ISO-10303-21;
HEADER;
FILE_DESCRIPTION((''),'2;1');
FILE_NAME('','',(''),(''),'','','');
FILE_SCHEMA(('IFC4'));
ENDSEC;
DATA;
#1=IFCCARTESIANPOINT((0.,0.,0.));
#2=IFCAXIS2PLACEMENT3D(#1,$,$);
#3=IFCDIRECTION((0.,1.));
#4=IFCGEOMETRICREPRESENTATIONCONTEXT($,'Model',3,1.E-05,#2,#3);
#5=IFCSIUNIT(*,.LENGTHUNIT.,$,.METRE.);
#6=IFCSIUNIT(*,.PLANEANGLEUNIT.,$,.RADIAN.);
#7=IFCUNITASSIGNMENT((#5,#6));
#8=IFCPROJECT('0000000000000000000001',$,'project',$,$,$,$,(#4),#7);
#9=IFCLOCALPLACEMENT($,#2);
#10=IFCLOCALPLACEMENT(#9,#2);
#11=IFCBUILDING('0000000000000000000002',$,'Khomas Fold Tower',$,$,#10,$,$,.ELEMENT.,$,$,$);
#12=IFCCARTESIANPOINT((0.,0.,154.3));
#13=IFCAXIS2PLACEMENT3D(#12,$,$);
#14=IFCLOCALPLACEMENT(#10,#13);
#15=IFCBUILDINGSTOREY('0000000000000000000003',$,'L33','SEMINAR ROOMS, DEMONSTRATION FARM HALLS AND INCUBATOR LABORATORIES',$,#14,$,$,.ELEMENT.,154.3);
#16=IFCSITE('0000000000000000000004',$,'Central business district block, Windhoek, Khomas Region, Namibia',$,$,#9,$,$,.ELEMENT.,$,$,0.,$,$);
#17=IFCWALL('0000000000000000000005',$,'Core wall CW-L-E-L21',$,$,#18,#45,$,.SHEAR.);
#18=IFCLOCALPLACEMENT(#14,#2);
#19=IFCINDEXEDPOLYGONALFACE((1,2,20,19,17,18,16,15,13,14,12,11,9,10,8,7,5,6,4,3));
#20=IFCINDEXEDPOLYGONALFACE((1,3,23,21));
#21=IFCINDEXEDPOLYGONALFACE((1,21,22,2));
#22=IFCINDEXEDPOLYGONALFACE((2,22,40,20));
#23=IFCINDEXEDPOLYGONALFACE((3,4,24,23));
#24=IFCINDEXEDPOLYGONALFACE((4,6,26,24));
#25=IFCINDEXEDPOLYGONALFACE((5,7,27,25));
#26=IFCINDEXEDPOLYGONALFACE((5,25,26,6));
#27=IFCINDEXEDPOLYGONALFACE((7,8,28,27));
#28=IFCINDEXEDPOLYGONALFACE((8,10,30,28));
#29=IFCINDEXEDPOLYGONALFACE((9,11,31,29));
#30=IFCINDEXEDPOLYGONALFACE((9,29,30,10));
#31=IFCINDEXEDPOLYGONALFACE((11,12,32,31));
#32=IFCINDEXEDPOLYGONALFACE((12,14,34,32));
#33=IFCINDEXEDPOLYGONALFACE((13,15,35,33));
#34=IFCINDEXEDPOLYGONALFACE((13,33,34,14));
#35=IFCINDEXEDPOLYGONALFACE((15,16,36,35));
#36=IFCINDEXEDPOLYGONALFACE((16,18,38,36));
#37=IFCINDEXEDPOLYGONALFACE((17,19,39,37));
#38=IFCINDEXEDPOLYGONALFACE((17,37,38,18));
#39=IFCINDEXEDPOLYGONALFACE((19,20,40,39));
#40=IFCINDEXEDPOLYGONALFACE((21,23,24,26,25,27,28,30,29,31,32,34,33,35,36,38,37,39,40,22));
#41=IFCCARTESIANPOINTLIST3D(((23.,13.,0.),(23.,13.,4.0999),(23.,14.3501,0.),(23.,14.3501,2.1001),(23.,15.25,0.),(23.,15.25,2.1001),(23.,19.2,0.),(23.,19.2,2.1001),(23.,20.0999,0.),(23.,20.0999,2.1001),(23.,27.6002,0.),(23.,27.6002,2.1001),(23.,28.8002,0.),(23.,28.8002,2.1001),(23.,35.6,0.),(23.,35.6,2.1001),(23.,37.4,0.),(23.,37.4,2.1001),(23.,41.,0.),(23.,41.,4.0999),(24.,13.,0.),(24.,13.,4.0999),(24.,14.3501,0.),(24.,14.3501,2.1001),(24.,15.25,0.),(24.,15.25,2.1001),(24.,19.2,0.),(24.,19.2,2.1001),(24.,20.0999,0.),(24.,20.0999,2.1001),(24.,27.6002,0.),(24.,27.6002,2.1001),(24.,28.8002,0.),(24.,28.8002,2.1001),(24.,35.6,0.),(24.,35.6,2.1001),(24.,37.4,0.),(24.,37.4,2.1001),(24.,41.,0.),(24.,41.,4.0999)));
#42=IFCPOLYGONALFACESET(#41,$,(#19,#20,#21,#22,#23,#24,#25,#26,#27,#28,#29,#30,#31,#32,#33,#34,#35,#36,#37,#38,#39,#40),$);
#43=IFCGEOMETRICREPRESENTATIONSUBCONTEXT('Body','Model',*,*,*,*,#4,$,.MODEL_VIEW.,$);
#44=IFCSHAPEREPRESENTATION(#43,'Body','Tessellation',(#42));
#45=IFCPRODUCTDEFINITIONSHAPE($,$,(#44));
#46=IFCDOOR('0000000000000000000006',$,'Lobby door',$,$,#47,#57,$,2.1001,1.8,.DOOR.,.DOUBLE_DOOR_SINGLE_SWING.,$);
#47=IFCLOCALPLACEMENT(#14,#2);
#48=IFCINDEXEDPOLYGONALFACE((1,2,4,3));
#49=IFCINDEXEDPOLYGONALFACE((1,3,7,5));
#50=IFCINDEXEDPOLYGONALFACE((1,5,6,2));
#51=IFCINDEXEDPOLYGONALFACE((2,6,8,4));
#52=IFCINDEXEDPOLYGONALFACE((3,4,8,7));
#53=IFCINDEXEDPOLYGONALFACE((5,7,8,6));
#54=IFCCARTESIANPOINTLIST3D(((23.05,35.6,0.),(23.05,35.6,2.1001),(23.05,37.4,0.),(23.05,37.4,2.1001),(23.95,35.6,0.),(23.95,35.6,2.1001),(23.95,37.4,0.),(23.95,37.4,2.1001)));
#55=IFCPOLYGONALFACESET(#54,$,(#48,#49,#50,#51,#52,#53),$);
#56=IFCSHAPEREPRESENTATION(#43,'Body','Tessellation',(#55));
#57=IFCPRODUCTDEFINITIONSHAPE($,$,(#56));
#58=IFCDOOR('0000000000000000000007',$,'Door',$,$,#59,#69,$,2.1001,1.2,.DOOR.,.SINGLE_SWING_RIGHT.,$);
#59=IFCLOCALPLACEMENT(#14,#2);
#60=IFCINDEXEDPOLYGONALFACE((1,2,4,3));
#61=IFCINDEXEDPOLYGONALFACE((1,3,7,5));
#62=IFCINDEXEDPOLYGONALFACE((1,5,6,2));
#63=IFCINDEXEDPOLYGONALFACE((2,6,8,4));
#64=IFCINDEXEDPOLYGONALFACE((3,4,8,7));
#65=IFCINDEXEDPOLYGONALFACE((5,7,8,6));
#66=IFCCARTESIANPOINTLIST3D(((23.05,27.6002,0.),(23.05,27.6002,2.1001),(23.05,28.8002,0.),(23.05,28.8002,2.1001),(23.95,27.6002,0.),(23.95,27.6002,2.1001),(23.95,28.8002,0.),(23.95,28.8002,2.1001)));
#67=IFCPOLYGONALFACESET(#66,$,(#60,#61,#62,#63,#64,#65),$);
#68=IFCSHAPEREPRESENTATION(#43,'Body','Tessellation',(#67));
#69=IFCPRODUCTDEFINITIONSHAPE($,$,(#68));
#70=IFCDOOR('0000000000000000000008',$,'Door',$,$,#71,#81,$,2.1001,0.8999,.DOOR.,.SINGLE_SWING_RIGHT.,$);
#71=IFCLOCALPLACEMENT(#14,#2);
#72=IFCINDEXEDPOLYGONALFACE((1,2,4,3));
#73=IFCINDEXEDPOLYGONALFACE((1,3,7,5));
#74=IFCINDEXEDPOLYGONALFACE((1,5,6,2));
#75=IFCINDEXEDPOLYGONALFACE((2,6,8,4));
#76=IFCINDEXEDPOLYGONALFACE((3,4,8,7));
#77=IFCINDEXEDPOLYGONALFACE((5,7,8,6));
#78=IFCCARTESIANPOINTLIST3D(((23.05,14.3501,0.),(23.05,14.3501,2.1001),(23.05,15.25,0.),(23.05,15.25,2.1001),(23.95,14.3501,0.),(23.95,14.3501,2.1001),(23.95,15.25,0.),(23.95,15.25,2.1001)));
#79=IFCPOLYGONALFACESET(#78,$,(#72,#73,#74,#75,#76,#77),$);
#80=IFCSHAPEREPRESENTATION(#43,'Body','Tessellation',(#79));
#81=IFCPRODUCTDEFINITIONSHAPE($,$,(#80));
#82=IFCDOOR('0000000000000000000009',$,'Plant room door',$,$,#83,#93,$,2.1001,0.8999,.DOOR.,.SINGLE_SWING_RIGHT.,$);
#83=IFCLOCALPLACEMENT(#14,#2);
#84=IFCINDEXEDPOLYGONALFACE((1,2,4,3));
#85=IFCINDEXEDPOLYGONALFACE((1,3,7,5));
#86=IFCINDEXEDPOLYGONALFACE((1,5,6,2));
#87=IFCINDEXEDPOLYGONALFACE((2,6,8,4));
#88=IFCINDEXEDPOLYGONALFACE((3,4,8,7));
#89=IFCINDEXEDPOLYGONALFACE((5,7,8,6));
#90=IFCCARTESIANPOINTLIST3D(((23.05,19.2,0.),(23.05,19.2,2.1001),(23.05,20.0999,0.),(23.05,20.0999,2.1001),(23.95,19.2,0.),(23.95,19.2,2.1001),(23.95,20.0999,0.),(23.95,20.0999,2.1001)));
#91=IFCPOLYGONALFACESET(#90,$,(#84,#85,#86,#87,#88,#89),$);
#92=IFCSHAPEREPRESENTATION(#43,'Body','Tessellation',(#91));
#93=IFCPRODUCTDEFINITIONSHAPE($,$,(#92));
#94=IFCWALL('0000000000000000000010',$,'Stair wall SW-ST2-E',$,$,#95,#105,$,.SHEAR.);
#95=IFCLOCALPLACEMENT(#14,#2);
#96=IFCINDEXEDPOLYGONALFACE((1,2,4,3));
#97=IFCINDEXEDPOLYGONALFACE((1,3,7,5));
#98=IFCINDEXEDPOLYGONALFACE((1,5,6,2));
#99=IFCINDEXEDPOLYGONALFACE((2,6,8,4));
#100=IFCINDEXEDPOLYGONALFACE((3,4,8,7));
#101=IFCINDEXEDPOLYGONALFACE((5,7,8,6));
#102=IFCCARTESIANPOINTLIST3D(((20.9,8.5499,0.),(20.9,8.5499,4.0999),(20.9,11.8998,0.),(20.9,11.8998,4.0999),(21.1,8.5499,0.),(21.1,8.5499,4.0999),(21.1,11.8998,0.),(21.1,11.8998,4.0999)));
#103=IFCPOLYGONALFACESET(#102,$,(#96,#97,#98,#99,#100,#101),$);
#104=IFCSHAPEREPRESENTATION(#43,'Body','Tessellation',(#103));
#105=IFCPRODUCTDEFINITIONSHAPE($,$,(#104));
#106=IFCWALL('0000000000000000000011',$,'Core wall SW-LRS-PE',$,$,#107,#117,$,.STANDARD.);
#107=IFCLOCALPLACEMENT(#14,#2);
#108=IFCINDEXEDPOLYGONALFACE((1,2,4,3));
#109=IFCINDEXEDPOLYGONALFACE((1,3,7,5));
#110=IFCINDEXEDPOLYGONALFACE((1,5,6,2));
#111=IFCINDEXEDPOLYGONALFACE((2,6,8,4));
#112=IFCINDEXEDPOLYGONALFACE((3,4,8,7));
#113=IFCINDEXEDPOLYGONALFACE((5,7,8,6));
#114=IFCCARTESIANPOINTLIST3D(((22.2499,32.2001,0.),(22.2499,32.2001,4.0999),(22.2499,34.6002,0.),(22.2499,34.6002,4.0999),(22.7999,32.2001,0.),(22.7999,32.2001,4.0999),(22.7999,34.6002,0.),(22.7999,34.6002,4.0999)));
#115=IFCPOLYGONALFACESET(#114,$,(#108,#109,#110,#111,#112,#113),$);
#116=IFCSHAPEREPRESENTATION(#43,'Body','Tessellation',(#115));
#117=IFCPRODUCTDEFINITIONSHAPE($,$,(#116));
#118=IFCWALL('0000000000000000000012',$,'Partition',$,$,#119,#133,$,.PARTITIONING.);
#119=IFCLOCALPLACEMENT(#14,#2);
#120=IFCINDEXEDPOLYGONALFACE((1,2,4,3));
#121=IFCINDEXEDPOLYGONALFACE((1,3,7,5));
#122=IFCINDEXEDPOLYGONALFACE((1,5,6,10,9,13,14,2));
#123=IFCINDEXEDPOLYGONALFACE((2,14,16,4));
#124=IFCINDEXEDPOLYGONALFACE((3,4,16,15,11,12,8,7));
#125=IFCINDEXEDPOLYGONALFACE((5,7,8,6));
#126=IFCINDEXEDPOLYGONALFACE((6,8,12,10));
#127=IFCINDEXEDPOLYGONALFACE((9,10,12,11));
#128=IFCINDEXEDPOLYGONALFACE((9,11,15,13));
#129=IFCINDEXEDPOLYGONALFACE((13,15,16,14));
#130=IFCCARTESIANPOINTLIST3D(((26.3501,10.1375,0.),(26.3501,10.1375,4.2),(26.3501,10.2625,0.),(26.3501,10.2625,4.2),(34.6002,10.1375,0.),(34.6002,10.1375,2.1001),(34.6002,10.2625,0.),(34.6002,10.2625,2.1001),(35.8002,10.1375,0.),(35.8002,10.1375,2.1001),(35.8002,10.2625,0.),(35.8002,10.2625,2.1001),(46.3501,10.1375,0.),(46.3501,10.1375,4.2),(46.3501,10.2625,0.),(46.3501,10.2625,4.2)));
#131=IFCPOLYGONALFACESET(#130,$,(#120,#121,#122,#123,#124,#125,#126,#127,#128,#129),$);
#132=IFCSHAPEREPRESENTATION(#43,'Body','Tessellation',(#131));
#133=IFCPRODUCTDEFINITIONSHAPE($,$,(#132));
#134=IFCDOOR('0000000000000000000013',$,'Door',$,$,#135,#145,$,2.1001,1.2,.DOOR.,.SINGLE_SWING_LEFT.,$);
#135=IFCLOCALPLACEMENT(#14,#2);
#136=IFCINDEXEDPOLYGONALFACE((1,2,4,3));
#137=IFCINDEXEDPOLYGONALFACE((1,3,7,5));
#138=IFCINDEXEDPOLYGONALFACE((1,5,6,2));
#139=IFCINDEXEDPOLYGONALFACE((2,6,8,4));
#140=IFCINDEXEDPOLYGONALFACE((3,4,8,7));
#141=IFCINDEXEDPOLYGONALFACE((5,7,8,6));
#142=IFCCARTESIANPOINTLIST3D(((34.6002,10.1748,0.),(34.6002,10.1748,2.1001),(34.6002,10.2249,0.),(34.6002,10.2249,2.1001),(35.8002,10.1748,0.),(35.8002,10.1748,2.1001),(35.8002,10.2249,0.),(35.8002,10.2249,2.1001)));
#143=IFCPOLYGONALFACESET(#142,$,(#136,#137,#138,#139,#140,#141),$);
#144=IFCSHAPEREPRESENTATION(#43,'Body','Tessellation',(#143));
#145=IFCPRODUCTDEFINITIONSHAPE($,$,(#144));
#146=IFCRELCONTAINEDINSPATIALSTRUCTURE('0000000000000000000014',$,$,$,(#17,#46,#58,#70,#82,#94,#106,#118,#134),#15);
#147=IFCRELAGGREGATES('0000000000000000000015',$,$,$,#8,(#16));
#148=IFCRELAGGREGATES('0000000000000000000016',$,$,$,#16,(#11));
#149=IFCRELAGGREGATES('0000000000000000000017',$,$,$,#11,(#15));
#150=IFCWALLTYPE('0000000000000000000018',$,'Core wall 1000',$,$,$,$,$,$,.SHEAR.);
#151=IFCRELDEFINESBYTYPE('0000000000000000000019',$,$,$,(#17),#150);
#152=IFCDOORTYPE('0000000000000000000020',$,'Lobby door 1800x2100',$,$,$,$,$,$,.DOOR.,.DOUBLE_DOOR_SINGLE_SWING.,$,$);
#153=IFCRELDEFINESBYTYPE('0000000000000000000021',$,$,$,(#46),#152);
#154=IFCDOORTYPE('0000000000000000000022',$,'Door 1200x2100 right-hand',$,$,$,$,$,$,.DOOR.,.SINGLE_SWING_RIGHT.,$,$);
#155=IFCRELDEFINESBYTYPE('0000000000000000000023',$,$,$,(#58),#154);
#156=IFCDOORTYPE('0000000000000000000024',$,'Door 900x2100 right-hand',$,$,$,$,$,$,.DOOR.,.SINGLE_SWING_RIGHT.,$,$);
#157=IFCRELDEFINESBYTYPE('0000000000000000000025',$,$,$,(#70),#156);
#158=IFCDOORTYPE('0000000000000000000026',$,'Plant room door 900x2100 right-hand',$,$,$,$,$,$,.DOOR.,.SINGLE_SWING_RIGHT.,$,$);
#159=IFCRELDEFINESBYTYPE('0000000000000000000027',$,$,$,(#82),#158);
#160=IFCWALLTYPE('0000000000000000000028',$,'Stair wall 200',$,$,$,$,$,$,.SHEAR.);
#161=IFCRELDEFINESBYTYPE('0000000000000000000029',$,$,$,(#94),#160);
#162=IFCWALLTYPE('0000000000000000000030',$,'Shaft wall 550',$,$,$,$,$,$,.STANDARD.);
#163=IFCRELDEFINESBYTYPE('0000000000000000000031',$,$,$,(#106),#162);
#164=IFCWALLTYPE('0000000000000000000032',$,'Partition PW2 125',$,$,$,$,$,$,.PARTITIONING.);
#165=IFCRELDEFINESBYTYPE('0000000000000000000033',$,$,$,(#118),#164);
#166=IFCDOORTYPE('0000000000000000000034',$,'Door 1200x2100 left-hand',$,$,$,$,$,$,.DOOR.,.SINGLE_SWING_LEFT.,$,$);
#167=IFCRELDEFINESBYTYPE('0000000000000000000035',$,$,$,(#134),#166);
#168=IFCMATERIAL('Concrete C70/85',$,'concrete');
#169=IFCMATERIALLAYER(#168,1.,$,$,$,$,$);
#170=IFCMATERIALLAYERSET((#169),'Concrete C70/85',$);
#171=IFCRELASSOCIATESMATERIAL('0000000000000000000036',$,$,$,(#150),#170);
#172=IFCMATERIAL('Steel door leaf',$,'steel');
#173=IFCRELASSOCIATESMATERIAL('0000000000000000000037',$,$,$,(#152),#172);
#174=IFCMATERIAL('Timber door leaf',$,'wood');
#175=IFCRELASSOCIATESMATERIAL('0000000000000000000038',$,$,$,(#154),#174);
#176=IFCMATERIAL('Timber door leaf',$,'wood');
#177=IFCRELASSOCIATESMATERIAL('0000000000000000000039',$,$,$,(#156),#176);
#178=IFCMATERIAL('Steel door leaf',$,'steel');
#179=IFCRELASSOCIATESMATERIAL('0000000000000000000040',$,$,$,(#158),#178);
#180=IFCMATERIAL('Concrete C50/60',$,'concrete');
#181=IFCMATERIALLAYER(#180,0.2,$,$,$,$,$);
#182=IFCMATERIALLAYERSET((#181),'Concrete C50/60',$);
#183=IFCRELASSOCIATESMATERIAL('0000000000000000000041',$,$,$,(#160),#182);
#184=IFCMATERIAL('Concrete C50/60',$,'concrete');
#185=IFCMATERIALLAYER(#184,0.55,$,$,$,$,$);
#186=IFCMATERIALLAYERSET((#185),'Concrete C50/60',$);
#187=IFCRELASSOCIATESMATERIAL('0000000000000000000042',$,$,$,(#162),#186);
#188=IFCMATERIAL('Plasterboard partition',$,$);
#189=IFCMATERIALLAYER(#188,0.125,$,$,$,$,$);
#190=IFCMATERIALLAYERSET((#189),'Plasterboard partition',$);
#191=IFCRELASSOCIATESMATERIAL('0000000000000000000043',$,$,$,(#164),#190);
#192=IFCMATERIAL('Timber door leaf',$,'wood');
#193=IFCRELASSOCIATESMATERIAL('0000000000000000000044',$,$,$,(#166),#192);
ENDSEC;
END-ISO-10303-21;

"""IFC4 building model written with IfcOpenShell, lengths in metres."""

from ifc_helpers import new_model, si_unit, direction, frame, frame_2d, origin, place, context, subcontext, project, spatial, rectangle, extrude, source, transform, mapped, material, layer, layer_set, type_object, element, fill, save


model = new_model("IFC4")

# Units and contexts
model_context = context("Model", 3, precision=1e-05, world=origin(), true_north=direction((0.0, 1.0)))
body_context = subcontext(model_context, "Body", "Model", "MODEL_VIEW")
ifc_project = project(units=[si_unit("LENGTHUNIT", "METRE"), si_unit("PLANEANGLEUNIT", "RADIAN")], contexts=[model_context])

# Site, building, storey
site_placement = place(None, origin())
site = spatial("IfcSite", under=ifc_project, at=site_placement, Name="Central business district block, Windhoek, Khomas Region, Namibia", CompositionType="ELEMENT", RefElevation=0.0)
building_placement = place(site_placement, origin())
building = spatial("IfcBuilding", under=site, at=building_placement, Name="Khomas Fold Tower", CompositionType="ELEMENT")
storey_placement = place(building_placement, frame((0.0, 0.0, 154.3)))
storey = spatial("IfcBuildingStorey", under=building, at=storey_placement, Name="L33", Description="SEMINAR ROOMS, DEMONSTRATION FARM HALLS AND INCUBATOR LABORATORIES", CompositionType="ELEMENT", Elevation=154.3)

# Shared definitions
ifc_material_1 = material(Name="Concrete C70/85", Category="concrete")
ifc_layer_1 = layer(ifc_material_1, 1.0)
ifc_layer_set_1 = layer_set([ifc_layer_1], Name="Concrete C70/85")
wall_type_1 = type_object("IfcWallType", Name="Core wall 1000", PredefinedType="SHEAR", material=ifc_layer_set_1)

# Wall, openings, doors
shared_shape_1 = source(origin(), body_context, "Body", "SweptSolid", [
    extrude(rectangle(XDim=28.0, YDim=1.0, at=frame_2d((14.0, 0.0))), origin(), (0.0, 0.0, 1.0), 4.0999),
])
wall_1_placement = place(storey_placement, frame((23.5, 13.0, 0.0), z_axis=(0.0, 0.0, 1.0), x_axis=(0.0, 1.0, 0.0)))
wall_1 = element("IfcWall", 1, at=wall_1_placement, inside=storey, type_object=wall_type_1, Name="Core wall CW-L-E-L21", PredefinedType="SHEAR", context=body_context, shape_type="MappedRepresentation", body=[
    mapped(shared_shape_1, transform((0.0, 0.0, 0.0))),
])
shared_shape_2 = source(origin(), body_context, "Body", "SweptSolid", [
    extrude(rectangle(XDim=1.8, YDim=2.1001, at=frame_2d((0.8999, 1.05))), frame((0.0, 0.51, 0.0), z_axis=(0.0, -1.0, 0.0), x_axis=(1.0, 0.0, 0.0)), (0.0, 0.0, 1.0), 1.02),
])
opening_1_placement = place(wall_1_placement, frame((22.6001, 0.0, 0.0)))
opening_1 = element("IfcOpeningElement", 2, at=opening_1_placement, cuts=wall_1, PredefinedType="OPENING", context=body_context, shape_type="MappedRepresentation", body=[
    mapped(shared_shape_2, transform((0.0, 0.0, 0.0))),
])
shared_shape_3 = source(origin(), body_context, "Body", "SweptSolid", [
    extrude(rectangle(XDim=1.2, YDim=2.1001, at=frame_2d((0.6001, 1.05))), frame((0.0, 0.51, 0.0), z_axis=(0.0, -1.0, 0.0), x_axis=(1.0, 0.0, 0.0)), (0.0, 0.0, 1.0), 1.02),
])
opening_2_placement = place(wall_1_placement, frame((14.6001, 0.0, 0.0)))
opening_2 = element("IfcOpeningElement", 3, at=opening_2_placement, cuts=wall_1, PredefinedType="OPENING", context=body_context, shape_type="MappedRepresentation", body=[
    mapped(shared_shape_3, transform((0.0, 0.0, 0.0))),
])
shared_shape_4 = source(origin(), body_context, "Body", "SweptSolid", [
    extrude(rectangle(XDim=0.8999, YDim=2.1001, at=frame_2d((0.45, 1.05))), frame((0.0, 0.51, 0.0), z_axis=(0.0, -1.0, 0.0), x_axis=(1.0, 0.0, 0.0)), (0.0, 0.0, 1.0), 1.02),
])
opening_3_placement = place(wall_1_placement, frame((1.3501, 0.0, 0.0)))
opening_3 = element("IfcOpeningElement", 4, at=opening_3_placement, cuts=wall_1, PredefinedType="OPENING", context=body_context, shape_type="MappedRepresentation", body=[
    mapped(shared_shape_4, transform((0.0, 0.0, 0.0))),
])
opening_4_placement = place(wall_1_placement, frame((6.2, 0.0, 0.0)))
opening_4 = element("IfcOpeningElement", 5, at=opening_4_placement, cuts=wall_1, PredefinedType="OPENING", context=body_context, shape_type="MappedRepresentation", body=[
    mapped(shared_shape_4, transform((0.0, 0.0, 0.0))),
])
ifc_material_2 = material(Name="Steel door leaf", Category="steel")
door_type_1 = type_object("IfcDoorType", Name="Lobby door 1800x2100", OperationType="DOUBLE_DOOR_SINGLE_SWING", PredefinedType="DOOR", material=ifc_material_2)
shared_shape_5 = source(origin(), body_context, "Body", "SweptSolid", [
    extrude(rectangle(XDim=1.8, YDim=2.1001, at=frame_2d((0.8999, 1.05))), frame((0.0, 0.45, 0.0), z_axis=(0.0, -1.0, 0.0), x_axis=(1.0, 0.0, 0.0)), (0.0, 0.0, 1.0), 0.8999),
])
door_1_placement = place(opening_1_placement, origin())
door_1 = element("IfcDoor", 6, at=door_1_placement, inside=storey, type_object=door_type_1, Name="Lobby door", OperationType="DOUBLE_DOOR_SINGLE_SWING", OverallHeight=2.1001, OverallWidth=1.8, PredefinedType="DOOR", context=body_context, shape_type="MappedRepresentation", body=[
    mapped(shared_shape_5, transform((0.0, 0.0, 0.0))),
])
fill(opening_1, door_1)
ifc_material_3 = material(Name="Timber door leaf", Category="wood")
door_type_2 = type_object("IfcDoorType", Name="Door 1200x2100 right-hand", OperationType="SINGLE_SWING_RIGHT", PredefinedType="DOOR", material=ifc_material_3)
shared_shape_6 = source(origin(), body_context, "Body", "SweptSolid", [
    extrude(rectangle(XDim=1.2, YDim=2.1001, at=frame_2d((0.6001, 1.05))), frame((0.0, 0.45, 0.0), z_axis=(0.0, -1.0, 0.0), x_axis=(1.0, 0.0, 0.0)), (0.0, 0.0, 1.0), 0.8999),
])
door_2_placement = place(opening_2_placement, origin())
door_2 = element("IfcDoor", 7, at=door_2_placement, inside=storey, type_object=door_type_2, Name="Door", OperationType="SINGLE_SWING_RIGHT", OverallHeight=2.1001, OverallWidth=1.2, PredefinedType="DOOR", context=body_context, shape_type="MappedRepresentation", body=[
    mapped(shared_shape_6, transform((0.0, 0.0, 0.0))),
])
fill(opening_2, door_2)
ifc_material_4 = material(Name="Timber door leaf", Category="wood")
door_type_3 = type_object("IfcDoorType", Name="Door 900x2100 right-hand", OperationType="SINGLE_SWING_RIGHT", PredefinedType="DOOR", material=ifc_material_4)
shared_shape_7 = source(origin(), body_context, "Body", "SweptSolid", [
    extrude(rectangle(XDim=0.8999, YDim=2.1001, at=frame_2d((0.45, 1.05))), frame((0.0, 0.45, 0.0), z_axis=(0.0, -1.0, 0.0), x_axis=(1.0, 0.0, 0.0)), (0.0, 0.0, 1.0), 0.8999),
])
door_3_placement = place(opening_3_placement, origin())
door_3 = element("IfcDoor", 8, at=door_3_placement, inside=storey, type_object=door_type_3, Name="Door", OperationType="SINGLE_SWING_RIGHT", OverallHeight=2.1001, OverallWidth=0.8999, PredefinedType="DOOR", context=body_context, shape_type="MappedRepresentation", body=[
    mapped(shared_shape_7, transform((0.0, 0.0, 0.0))),
])
fill(opening_3, door_3)
ifc_material_5 = material(Name="Steel door leaf", Category="steel")
door_type_4 = type_object("IfcDoorType", Name="Plant room door 900x2100 right-hand", OperationType="SINGLE_SWING_RIGHT", PredefinedType="DOOR", material=ifc_material_5)
door_4_placement = place(opening_4_placement, origin())
door_4 = element("IfcDoor", 9, at=door_4_placement, inside=storey, type_object=door_type_4, Name="Plant room door", OperationType="SINGLE_SWING_RIGHT", OverallHeight=2.1001, OverallWidth=0.8999, PredefinedType="DOOR", context=body_context, shape_type="MappedRepresentation", body=[
    mapped(shared_shape_7, transform((0.0, 0.0, 0.0))),
])
fill(opening_4, door_4)

# Walls
ifc_material_6 = material(Name="Concrete C50/60", Category="concrete")
ifc_layer_2 = layer(ifc_material_6, 0.2)
ifc_layer_set_2 = layer_set([ifc_layer_2], Name="Concrete C50/60")
wall_type_2 = type_object("IfcWallType", Name="Stair wall 200", PredefinedType="SHEAR", material=ifc_layer_set_2)
shared_shape_8 = source(origin(), body_context, "Body", "SweptSolid", [
    extrude(rectangle(XDim=3.3499, YDim=0.2, at=frame_2d((1.6748, 0.0))), origin(), (0.0, 0.0, 1.0), 4.0999),
])
wall_2_placement = place(storey_placement, frame((21.0, 8.55, 0.0), z_axis=(0.0, 0.0, 1.0), x_axis=(0.0, 1.0, 0.0)))
element("IfcWall", 10, at=wall_2_placement, inside=storey, type_object=wall_type_2, Name="Stair wall SW-ST2-E", PredefinedType="SHEAR", context=body_context, shape_type="MappedRepresentation", body=[
    mapped(shared_shape_8, transform((0.0, 0.0, 0.0))),
])
ifc_material_7 = material(Name="Concrete C50/60", Category="concrete")
ifc_layer_3 = layer(ifc_material_7, 0.55)
ifc_layer_set_3 = layer_set([ifc_layer_3], Name="Concrete C50/60")
wall_type_3 = type_object("IfcWallType", Name="Shaft wall 550", PredefinedType="STANDARD", material=ifc_layer_set_3)
shared_shape_9 = source(origin(), body_context, "Body", "SweptSolid", [
    extrude(rectangle(XDim=2.4001, YDim=0.55, at=frame_2d((1.2002, 0.0))), origin(), (0.0, 0.0, 1.0), 4.0999),
])
wall_3_placement = place(storey_placement, frame((22.5249, 32.2, 0.0), z_axis=(0.0, 0.0, 1.0), x_axis=(0.0, 1.0, 0.0)))
element("IfcWall", 11, at=wall_3_placement, inside=storey, type_object=wall_type_3, Name="Core wall SW-LRS-PE", PredefinedType="STANDARD", context=body_context, shape_type="MappedRepresentation", body=[
    mapped(shared_shape_9, transform((0.0, 0.0, 0.0))),
])

# Wall, opening, door
ifc_material_8 = material(Name="Plasterboard partition")
ifc_layer_4 = layer(ifc_material_8, 0.125)
ifc_layer_set_4 = layer_set([ifc_layer_4], Name="Plasterboard partition")
wall_type_4 = type_object("IfcWallType", Name="Partition PW2 125", PredefinedType="PARTITIONING", material=ifc_layer_set_4)
shared_shape_10 = source(origin(), body_context, "Body", "SweptSolid", [
    extrude(rectangle(XDim=20.0, YDim=0.125, at=frame_2d((10.0, 0.0))), origin(), (0.0, 0.0, 1.0), 4.2),
])
wall_4_placement = place(storey_placement, frame((26.3501, 10.2, 0.0), z_axis=(0.0, 0.0, 1.0), x_axis=(1.0, 0.0, 0.0)))
wall_4 = element("IfcWall", 12, at=wall_4_placement, inside=storey, type_object=wall_type_4, Name="Partition", PredefinedType="PARTITIONING", context=body_context, shape_type="MappedRepresentation", body=[
    mapped(shared_shape_10, transform((0.0, 0.0, 0.0))),
])
shared_shape_11 = source(origin(), body_context, "Body", "SweptSolid", [
    extrude(rectangle(XDim=1.2, YDim=2.1001, at=frame_2d((0.6001, 1.05))), frame((0.0, 0.0725, 0.0), z_axis=(0.0, -1.0, 0.0), x_axis=(1.0, 0.0, 0.0)), (0.0, 0.0, 1.0), 0.145),
])
opening_5_placement = place(wall_4_placement, frame((8.25, 0.0, 0.0)))
opening_5 = element("IfcOpeningElement", 13, at=opening_5_placement, cuts=wall_4, PredefinedType="OPENING", context=body_context, shape_type="MappedRepresentation", body=[
    mapped(shared_shape_11, transform((0.0, 0.0, 0.0))),
])
ifc_material_9 = material(Name="Timber door leaf", Category="wood")
door_type_5 = type_object("IfcDoorType", Name="Door 1200x2100 left-hand", OperationType="SINGLE_SWING_LEFT", PredefinedType="DOOR", material=ifc_material_9)
shared_shape_12 = source(origin(), body_context, "Body", "SweptSolid", [
    extrude(rectangle(XDim=1.2, YDim=2.1001, at=frame_2d((0.6001, 1.05))), frame((0.0, 0.0249, 0.0), z_axis=(0.0, -1.0, 0.0), x_axis=(1.0, 0.0, 0.0)), (0.0, 0.0, 1.0), 0.05),
])
door_5_placement = place(opening_5_placement, origin())
door_5 = element("IfcDoor", 14, at=door_5_placement, inside=storey, type_object=door_type_5, Name="Door", OperationType="SINGLE_SWING_LEFT", OverallHeight=2.1001, OverallWidth=1.2, PredefinedType="DOOR", context=body_context, shape_type="MappedRepresentation", body=[
    mapped(shared_shape_12, transform((0.0, 0.0, 0.0))),
])
fill(opening_5, door_5)

save(model, "model.ifc")
